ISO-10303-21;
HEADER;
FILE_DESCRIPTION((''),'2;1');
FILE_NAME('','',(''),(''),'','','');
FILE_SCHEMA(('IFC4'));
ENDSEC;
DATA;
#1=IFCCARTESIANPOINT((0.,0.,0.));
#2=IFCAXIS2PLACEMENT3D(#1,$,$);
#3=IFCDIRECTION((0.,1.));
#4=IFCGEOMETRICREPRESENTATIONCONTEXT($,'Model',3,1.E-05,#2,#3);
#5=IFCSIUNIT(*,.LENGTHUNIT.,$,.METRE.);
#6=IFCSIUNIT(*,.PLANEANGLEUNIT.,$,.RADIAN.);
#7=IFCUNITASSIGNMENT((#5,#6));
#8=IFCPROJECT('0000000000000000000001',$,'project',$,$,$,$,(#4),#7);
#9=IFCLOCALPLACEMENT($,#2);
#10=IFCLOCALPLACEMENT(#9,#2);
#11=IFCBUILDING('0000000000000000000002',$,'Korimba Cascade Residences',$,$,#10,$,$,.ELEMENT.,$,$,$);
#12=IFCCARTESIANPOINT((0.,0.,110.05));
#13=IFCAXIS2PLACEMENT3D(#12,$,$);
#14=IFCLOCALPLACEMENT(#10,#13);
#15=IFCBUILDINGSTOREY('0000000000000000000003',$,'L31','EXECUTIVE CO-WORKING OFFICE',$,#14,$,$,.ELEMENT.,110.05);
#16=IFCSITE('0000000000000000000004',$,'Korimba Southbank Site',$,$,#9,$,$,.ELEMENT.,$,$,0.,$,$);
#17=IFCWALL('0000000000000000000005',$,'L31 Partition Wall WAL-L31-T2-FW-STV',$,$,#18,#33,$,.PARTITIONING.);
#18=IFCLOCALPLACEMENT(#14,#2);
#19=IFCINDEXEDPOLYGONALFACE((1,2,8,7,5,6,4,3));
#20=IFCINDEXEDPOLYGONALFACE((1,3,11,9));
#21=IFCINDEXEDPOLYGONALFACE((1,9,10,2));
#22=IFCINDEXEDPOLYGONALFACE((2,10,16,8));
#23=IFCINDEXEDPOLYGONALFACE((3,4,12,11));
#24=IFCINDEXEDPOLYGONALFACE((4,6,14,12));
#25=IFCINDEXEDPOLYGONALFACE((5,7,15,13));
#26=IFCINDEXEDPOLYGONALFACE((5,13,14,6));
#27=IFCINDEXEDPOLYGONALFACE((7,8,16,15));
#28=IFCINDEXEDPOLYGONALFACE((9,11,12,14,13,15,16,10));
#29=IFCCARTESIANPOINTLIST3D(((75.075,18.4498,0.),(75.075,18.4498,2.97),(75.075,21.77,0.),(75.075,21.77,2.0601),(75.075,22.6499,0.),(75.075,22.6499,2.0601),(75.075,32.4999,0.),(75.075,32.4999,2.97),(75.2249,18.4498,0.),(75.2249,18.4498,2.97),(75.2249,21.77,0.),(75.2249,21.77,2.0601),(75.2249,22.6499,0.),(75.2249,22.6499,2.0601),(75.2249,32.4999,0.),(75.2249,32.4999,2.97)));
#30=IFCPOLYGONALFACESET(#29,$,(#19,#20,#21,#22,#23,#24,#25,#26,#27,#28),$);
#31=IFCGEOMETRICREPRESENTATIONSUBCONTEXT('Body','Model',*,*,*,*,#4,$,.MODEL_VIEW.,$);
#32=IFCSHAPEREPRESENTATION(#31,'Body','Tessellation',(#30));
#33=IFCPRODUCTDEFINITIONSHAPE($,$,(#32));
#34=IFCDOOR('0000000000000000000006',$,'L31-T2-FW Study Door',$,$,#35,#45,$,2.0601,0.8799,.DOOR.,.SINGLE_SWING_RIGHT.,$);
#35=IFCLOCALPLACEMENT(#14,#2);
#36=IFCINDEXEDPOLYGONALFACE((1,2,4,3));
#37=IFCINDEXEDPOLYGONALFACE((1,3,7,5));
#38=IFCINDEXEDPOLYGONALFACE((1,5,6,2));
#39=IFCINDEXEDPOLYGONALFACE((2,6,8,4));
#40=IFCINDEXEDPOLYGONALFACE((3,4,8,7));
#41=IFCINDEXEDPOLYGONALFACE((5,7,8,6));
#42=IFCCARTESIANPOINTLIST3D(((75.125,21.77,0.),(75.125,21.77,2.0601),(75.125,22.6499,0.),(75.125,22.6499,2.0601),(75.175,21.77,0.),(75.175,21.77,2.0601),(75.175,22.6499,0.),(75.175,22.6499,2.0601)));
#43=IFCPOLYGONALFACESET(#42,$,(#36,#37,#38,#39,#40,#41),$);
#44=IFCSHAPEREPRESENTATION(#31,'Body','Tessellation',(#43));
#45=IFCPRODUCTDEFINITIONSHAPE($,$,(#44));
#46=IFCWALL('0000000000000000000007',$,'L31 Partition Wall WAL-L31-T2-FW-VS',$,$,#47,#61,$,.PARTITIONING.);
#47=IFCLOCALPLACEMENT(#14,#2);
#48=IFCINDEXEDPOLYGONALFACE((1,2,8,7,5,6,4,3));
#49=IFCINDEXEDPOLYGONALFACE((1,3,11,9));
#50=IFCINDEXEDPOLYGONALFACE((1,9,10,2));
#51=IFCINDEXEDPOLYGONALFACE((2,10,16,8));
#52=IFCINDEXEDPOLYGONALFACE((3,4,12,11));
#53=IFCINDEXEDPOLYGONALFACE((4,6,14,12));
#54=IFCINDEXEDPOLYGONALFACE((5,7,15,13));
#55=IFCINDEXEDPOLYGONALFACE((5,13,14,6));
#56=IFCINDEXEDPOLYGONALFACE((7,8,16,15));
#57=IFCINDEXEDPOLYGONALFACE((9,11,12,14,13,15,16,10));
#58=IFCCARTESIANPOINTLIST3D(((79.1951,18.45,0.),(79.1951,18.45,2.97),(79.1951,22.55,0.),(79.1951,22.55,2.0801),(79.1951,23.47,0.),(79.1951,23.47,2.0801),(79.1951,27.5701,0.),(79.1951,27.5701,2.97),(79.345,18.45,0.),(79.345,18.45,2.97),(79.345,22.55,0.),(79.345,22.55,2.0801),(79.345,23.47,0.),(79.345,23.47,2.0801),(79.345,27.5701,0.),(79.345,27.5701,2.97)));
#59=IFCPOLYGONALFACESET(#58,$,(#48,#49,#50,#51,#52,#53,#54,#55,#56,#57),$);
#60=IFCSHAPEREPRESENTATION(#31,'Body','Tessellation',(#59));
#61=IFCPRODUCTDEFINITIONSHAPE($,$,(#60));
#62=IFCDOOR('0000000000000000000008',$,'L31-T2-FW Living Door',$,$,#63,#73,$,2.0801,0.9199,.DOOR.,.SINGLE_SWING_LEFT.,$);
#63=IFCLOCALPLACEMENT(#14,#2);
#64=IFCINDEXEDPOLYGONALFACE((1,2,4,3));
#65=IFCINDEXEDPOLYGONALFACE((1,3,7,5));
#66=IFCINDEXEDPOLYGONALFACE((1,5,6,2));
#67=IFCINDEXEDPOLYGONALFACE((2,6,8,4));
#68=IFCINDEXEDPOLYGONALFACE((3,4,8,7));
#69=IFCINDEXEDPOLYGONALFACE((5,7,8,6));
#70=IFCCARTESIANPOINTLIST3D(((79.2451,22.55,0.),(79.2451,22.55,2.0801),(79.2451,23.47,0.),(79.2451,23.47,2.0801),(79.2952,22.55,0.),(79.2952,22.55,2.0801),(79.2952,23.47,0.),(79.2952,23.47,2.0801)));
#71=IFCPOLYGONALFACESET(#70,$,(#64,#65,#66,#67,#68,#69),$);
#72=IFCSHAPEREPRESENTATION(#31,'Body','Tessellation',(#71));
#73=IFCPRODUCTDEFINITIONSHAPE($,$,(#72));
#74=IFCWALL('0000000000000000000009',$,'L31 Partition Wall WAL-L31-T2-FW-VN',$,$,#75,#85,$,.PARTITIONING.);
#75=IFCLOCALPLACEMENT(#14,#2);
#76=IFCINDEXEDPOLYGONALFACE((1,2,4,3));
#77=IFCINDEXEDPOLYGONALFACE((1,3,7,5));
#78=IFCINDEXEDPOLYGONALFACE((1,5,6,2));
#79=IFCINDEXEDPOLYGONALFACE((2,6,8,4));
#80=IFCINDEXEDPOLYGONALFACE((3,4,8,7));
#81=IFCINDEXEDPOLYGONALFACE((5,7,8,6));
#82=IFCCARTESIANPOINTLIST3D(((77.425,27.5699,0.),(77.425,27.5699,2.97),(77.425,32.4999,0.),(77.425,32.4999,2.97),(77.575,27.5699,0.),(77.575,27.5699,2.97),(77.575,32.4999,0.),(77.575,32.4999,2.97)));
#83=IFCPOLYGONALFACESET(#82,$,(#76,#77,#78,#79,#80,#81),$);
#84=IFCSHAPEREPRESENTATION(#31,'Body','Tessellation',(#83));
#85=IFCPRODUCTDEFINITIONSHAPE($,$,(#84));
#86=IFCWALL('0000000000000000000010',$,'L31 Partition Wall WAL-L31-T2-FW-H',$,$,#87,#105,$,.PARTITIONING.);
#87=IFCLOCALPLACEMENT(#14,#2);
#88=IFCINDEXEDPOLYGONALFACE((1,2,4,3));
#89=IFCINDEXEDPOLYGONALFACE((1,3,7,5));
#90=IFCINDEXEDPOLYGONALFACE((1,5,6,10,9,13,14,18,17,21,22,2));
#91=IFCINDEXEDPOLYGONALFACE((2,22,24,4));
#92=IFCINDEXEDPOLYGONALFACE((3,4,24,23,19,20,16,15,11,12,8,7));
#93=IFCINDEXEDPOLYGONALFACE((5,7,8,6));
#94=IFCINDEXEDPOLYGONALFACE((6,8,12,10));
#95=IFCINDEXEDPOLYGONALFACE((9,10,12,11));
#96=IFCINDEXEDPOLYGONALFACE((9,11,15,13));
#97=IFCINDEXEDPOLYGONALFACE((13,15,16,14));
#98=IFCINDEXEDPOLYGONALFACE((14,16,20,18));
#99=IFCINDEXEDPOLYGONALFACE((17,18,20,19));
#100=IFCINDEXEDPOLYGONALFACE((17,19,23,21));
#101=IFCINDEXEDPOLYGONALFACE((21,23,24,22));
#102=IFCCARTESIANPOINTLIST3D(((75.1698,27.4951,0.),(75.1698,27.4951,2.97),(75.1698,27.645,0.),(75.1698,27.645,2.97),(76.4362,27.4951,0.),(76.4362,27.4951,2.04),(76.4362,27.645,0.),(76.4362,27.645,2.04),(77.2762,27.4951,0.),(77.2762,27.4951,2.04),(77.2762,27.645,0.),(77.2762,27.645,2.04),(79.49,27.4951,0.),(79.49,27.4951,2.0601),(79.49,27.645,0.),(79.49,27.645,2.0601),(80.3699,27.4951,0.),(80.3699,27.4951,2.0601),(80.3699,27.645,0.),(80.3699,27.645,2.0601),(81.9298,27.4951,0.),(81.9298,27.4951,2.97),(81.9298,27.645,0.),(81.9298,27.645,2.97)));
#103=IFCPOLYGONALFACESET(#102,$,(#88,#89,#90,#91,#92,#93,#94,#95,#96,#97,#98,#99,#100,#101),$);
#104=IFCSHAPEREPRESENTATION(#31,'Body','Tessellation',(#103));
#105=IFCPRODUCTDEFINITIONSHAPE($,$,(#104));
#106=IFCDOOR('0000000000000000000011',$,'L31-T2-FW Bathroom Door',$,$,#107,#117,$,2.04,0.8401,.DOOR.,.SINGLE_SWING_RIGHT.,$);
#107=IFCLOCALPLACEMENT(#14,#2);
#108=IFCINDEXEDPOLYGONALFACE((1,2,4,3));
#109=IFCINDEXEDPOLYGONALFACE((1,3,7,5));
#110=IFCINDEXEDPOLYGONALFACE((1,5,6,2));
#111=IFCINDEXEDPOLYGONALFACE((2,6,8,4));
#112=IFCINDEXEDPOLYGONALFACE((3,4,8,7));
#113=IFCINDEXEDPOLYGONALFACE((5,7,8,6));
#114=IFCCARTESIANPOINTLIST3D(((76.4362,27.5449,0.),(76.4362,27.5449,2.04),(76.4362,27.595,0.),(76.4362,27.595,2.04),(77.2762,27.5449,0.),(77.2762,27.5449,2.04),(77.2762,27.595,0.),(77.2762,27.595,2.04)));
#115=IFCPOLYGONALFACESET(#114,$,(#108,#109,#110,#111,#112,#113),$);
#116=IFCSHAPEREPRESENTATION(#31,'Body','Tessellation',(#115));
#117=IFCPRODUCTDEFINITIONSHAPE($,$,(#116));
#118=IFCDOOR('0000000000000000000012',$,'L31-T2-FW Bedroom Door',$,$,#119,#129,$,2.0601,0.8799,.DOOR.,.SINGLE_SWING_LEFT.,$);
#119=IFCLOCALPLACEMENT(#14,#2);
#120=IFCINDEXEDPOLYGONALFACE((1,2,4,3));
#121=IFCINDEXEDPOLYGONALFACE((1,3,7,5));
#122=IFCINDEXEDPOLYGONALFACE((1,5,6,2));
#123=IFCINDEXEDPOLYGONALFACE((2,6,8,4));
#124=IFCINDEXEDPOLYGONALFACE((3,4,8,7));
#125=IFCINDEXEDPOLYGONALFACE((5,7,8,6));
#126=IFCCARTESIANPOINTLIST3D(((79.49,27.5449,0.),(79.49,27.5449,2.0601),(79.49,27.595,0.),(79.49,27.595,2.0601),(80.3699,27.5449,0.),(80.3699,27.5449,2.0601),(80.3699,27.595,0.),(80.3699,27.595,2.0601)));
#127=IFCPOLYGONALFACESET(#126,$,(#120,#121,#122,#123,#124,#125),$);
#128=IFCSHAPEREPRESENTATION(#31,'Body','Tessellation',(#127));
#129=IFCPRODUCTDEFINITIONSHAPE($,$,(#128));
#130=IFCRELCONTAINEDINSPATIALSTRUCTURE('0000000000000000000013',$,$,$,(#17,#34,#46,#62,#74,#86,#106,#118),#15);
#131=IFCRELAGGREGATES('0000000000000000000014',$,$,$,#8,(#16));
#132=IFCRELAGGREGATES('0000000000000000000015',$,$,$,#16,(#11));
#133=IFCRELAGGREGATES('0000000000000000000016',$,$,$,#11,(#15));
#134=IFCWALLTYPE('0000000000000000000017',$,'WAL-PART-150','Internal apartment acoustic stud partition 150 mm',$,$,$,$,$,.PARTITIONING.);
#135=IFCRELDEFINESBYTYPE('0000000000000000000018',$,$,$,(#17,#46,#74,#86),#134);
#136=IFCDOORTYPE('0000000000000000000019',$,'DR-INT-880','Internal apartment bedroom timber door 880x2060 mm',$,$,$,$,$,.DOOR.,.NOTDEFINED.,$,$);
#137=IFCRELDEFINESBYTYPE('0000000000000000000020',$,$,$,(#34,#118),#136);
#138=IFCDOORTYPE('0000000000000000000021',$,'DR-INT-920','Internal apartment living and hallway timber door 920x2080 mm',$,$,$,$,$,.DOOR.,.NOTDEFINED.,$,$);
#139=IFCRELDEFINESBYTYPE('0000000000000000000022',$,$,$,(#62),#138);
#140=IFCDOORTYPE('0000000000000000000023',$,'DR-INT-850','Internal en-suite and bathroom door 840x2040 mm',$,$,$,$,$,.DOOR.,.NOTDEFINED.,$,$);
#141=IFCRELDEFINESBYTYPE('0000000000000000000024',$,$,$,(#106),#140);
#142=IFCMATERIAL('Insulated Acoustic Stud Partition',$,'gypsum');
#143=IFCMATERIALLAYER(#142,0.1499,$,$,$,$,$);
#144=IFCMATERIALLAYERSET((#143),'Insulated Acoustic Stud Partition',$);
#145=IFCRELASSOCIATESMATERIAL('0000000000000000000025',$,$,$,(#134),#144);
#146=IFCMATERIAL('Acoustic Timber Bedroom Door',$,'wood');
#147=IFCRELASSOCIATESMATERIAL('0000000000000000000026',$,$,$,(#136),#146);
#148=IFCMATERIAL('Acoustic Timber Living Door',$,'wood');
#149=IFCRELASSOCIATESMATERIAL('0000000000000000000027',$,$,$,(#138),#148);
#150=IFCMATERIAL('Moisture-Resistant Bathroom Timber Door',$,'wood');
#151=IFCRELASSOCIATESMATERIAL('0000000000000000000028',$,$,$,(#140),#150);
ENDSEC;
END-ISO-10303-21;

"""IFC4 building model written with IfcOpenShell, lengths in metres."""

from ifc_helpers import new_model, si_unit, direction, frame, frame_2d, origin, place, context, subcontext, project, spatial, rectangle, extrude, material, layer, layer_set, type_object, element, fill, save


model = new_model("IFC4")

# Units and contexts
model_context = context("Model", 3, precision=1e-05, world=origin(), true_north=direction((0.0, 1.0)))
body_context = subcontext(model_context, "Body", "Model", "MODEL_VIEW")
ifc_project = project(units=[si_unit("LENGTHUNIT", "METRE"), si_unit("PLANEANGLEUNIT", "RADIAN")], contexts=[model_context])

# Site, building, storey
site_placement = place(None, origin())
site = spatial("IfcSite", under=ifc_project, at=site_placement, Name="Korimba Southbank Site", CompositionType="ELEMENT", RefElevation=0.0)
building_placement = place(site_placement, origin())
building = spatial("IfcBuilding", under=site, at=building_placement, Name="Korimba Cascade Residences", CompositionType="ELEMENT")
storey_placement = place(building_placement, frame((0.0, 0.0, 110.05)))
storey = spatial("IfcBuildingStorey", under=building, at=storey_placement, Name="L31", Description="EXECUTIVE CO-WORKING OFFICE", CompositionType="ELEMENT", Elevation=110.05)

# Walls, openings, doors
ifc_material_1 = material(Name="Insulated Acoustic Stud Partition", Category="gypsum")
ifc_layer_1 = layer(ifc_material_1, 0.1499)
ifc_layer_set_1 = layer_set([ifc_layer_1], Name="Insulated Acoustic Stud Partition")
wall_type_1 = type_object("IfcWallType", Name="WAL-PART-150", Description="Internal apartment acoustic stud partition 150 mm", PredefinedType="PARTITIONING", material=ifc_layer_set_1)
wall_1_placement = place(storey_placement, frame((75.1499, 18.45, 0.0), z_axis=(0.0, 0.0, 1.0), x_axis=(0.0, 1.0, 0.0)))
wall_1 = element("IfcWall", 1, at=wall_1_placement, inside=storey, type_object=wall_type_1, Name="L31 Partition Wall WAL-L31-T2-FW-STV", PredefinedType="PARTITIONING", context=body_context, shape_type="SweptSolid", body=[
    extrude(rectangle(XDim=14.05, YDim=0.1499, at=frame_2d((7.0249, 0.0))), origin(), (0.0, 0.0, 1.0), 2.97),
])
opening_1_placement = place(wall_1_placement, frame((3.3201, 0.0, 0.0)))
opening_1 = element("IfcOpeningElement", 2, at=opening_1_placement, cuts=wall_1, PredefinedType="OPENING", context=body_context, shape_type="SweptSolid", body=[
    extrude(rectangle(XDim=0.8799, YDim=2.0601, at=frame_2d((0.4399, 1.03))), frame((0.0, 0.085, 0.0), z_axis=(0.0, -1.0, 0.0), x_axis=(1.0, 0.0, 0.0)), (0.0, 0.0, 1.0), 0.1699),
])
ifc_material_2 = material(Name="Acoustic Timber Bedroom Door", Category="wood")
door_type_1 = type_object("IfcDoorType", Name="DR-INT-880", Description="Internal apartment bedroom timber door 880x2060 mm", OperationType="NOTDEFINED", PredefinedType="DOOR", material=ifc_material_2)
door_1_placement = place(opening_1_placement, origin())
door_1 = element("IfcDoor", 3, at=door_1_placement, inside=storey, type_object=door_type_1, Name="L31-T2-FW Study Door", OperationType="SINGLE_SWING_RIGHT", OverallHeight=2.0601, OverallWidth=0.8799, PredefinedType="DOOR", context=body_context, shape_type="SweptSolid", body=[
    extrude(rectangle(XDim=0.8799, YDim=2.0601, at=frame_2d((0.4399, 1.03))), frame((0.0, 0.0249, 0.0), z_axis=(0.0, -1.0, 0.0), x_axis=(1.0, 0.0, 0.0)), (0.0, 0.0, 1.0), 0.05),
])
fill(opening_1, door_1)
wall_2_placement = place(storey_placement, frame((79.27, 18.45, 0.0), z_axis=(0.0, 0.0, 1.0), x_axis=(0.0, 1.0, 0.0)))
wall_2 = element("IfcWall", 4, at=wall_2_placement, inside=storey, type_object=wall_type_1, Name="L31 Partition Wall WAL-L31-T2-FW-VS", PredefinedType="PARTITIONING", context=body_context, shape_type="SweptSolid", body=[
    extrude(rectangle(XDim=9.1201, YDim=0.1499, at=frame_2d((4.5601, 0.0))), origin(), (0.0, 0.0, 1.0), 2.97),
])
opening_2_placement = place(wall_2_placement, frame((4.1001, 0.0, 0.0)))
opening_2 = element("IfcOpeningElement", 5, at=opening_2_placement, cuts=wall_2, PredefinedType="OPENING", context=body_context, shape_type="SweptSolid", body=[
    extrude(rectangle(XDim=0.9199, YDim=2.0801, at=frame_2d((0.46, 1.04))), frame((0.0, 0.085, 0.0), z_axis=(0.0, -1.0, 0.0), x_axis=(1.0, 0.0, 0.0)), (0.0, 0.0, 1.0), 0.1699),
])
ifc_material_3 = material(Name="Acoustic Timber Living Door", Category="wood")
door_type_2 = type_object("IfcDoorType", Name="DR-INT-920", Description="Internal apartment living and hallway timber door 920x2080 mm", OperationType="NOTDEFINED", PredefinedType="DOOR", material=ifc_material_3)
door_2_placement = place(opening_2_placement, origin())
door_2 = element("IfcDoor", 6, at=door_2_placement, inside=storey, type_object=door_type_2, Name="L31-T2-FW Living Door", OperationType="SINGLE_SWING_LEFT", OverallHeight=2.0801, OverallWidth=0.9199, PredefinedType="DOOR", context=body_context, shape_type="SweptSolid", body=[
    extrude(rectangle(XDim=0.9199, YDim=2.0801, at=frame_2d((0.46, 1.04))), frame((0.0, 0.0249, 0.0), z_axis=(0.0, -1.0, 0.0), x_axis=(1.0, 0.0, 0.0)), (0.0, 0.0, 1.0), 0.05),
])
fill(opening_2, door_2)

# Wall
wall_3_placement = place(storey_placement, frame((77.5, 27.5701, 0.0), z_axis=(0.0, 0.0, 1.0), x_axis=(0.0, 1.0, 0.0)))
element("IfcWall", 7, at=wall_3_placement, inside=storey, type_object=wall_type_1, Name="L31 Partition Wall WAL-L31-T2-FW-VN", PredefinedType="PARTITIONING", context=body_context, shape_type="SweptSolid", body=[
    extrude(rectangle(XDim=4.9299, YDim=0.1499, at=frame_2d((2.4648, 0.0))), origin(), (0.0, 0.0, 1.0), 2.97),
])

# Wall, openings, doors
wall_4_placement = place(storey_placement, frame((75.1699, 27.5701, 0.0), z_axis=(0.0, 0.0, 1.0), x_axis=(1.0, 0.0, 0.0)))
wall_4 = element("IfcWall", 8, at=wall_4_placement, inside=storey, type_object=wall_type_1, Name="L31 Partition Wall WAL-L31-T2-FW-H", PredefinedType="PARTITIONING", context=body_context, shape_type="SweptSolid", body=[
    extrude(rectangle(XDim=6.76, YDim=0.1499, at=frame_2d((3.3799, 0.0))), origin(), (0.0, 0.0, 1.0), 2.97),
])
opening_3_placement = place(wall_4_placement, frame((1.2664, 0.0, 0.0)))
opening_3 = element("IfcOpeningElement", 9, at=opening_3_placement, cuts=wall_4, PredefinedType="OPENING", context=body_context, shape_type="SweptSolid", body=[
    extrude(rectangle(XDim=0.8401, YDim=2.04, at=frame_2d((0.4199, 1.02))), frame((0.0, 0.085, 0.0), z_axis=(0.0, -1.0, 0.0), x_axis=(1.0, 0.0, 0.0)), (0.0, 0.0, 1.0), 0.1699),
])
opening_4_placement = place(wall_4_placement, frame((4.3201, 0.0, 0.0)))
opening_4 = element("IfcOpeningElement", 10, at=opening_4_placement, cuts=wall_4, PredefinedType="OPENING", context=body_context, shape_type="SweptSolid", body=[
    extrude(rectangle(XDim=0.8799, YDim=2.0601, at=frame_2d((0.4399, 1.03))), frame((0.0, 0.085, 0.0), z_axis=(0.0, -1.0, 0.0), x_axis=(1.0, 0.0, 0.0)), (0.0, 0.0, 1.0), 0.1699),
])
ifc_material_4 = material(Name="Moisture-Resistant Bathroom Timber Door", Category="wood")
door_type_3 = type_object("IfcDoorType", Name="DR-INT-850", Description="Internal en-suite and bathroom door 840x2040 mm", OperationType="NOTDEFINED", PredefinedType="DOOR", material=ifc_material_4)
door_3_placement = place(opening_3_placement, origin())
door_3 = element("IfcDoor", 11, at=door_3_placement, inside=storey, type_object=door_type_3, Name="L31-T2-FW Bathroom Door", OperationType="SINGLE_SWING_RIGHT", OverallHeight=2.04, OverallWidth=0.8401, PredefinedType="DOOR", context=body_context, shape_type="SweptSolid", body=[
    extrude(rectangle(XDim=0.8401, YDim=2.04, at=frame_2d((0.4199, 1.02))), frame((0.0, 0.0249, 0.0), z_axis=(0.0, -1.0, 0.0), x_axis=(1.0, 0.0, 0.0)), (0.0, 0.0, 1.0), 0.05),
])
fill(opening_3, door_3)
door_4_placement = place(opening_4_placement, origin())
door_4 = element("IfcDoor", 12, at=door_4_placement, inside=storey, type_object=door_type_1, Name="L31-T2-FW Bedroom Door", OperationType="SINGLE_SWING_LEFT", OverallHeight=2.0601, OverallWidth=0.8799, PredefinedType="DOOR", context=body_context, shape_type="SweptSolid", body=[
    extrude(rectangle(XDim=0.8799, YDim=2.0601, at=frame_2d((0.4399, 1.03))), frame((0.0, 0.0249, 0.0), z_axis=(0.0, -1.0, 0.0), x_axis=(1.0, 0.0, 0.0)), (0.0, 0.0, 1.0), 0.05),
])
fill(opening_4, door_4)

save(model, "model.ifc")
